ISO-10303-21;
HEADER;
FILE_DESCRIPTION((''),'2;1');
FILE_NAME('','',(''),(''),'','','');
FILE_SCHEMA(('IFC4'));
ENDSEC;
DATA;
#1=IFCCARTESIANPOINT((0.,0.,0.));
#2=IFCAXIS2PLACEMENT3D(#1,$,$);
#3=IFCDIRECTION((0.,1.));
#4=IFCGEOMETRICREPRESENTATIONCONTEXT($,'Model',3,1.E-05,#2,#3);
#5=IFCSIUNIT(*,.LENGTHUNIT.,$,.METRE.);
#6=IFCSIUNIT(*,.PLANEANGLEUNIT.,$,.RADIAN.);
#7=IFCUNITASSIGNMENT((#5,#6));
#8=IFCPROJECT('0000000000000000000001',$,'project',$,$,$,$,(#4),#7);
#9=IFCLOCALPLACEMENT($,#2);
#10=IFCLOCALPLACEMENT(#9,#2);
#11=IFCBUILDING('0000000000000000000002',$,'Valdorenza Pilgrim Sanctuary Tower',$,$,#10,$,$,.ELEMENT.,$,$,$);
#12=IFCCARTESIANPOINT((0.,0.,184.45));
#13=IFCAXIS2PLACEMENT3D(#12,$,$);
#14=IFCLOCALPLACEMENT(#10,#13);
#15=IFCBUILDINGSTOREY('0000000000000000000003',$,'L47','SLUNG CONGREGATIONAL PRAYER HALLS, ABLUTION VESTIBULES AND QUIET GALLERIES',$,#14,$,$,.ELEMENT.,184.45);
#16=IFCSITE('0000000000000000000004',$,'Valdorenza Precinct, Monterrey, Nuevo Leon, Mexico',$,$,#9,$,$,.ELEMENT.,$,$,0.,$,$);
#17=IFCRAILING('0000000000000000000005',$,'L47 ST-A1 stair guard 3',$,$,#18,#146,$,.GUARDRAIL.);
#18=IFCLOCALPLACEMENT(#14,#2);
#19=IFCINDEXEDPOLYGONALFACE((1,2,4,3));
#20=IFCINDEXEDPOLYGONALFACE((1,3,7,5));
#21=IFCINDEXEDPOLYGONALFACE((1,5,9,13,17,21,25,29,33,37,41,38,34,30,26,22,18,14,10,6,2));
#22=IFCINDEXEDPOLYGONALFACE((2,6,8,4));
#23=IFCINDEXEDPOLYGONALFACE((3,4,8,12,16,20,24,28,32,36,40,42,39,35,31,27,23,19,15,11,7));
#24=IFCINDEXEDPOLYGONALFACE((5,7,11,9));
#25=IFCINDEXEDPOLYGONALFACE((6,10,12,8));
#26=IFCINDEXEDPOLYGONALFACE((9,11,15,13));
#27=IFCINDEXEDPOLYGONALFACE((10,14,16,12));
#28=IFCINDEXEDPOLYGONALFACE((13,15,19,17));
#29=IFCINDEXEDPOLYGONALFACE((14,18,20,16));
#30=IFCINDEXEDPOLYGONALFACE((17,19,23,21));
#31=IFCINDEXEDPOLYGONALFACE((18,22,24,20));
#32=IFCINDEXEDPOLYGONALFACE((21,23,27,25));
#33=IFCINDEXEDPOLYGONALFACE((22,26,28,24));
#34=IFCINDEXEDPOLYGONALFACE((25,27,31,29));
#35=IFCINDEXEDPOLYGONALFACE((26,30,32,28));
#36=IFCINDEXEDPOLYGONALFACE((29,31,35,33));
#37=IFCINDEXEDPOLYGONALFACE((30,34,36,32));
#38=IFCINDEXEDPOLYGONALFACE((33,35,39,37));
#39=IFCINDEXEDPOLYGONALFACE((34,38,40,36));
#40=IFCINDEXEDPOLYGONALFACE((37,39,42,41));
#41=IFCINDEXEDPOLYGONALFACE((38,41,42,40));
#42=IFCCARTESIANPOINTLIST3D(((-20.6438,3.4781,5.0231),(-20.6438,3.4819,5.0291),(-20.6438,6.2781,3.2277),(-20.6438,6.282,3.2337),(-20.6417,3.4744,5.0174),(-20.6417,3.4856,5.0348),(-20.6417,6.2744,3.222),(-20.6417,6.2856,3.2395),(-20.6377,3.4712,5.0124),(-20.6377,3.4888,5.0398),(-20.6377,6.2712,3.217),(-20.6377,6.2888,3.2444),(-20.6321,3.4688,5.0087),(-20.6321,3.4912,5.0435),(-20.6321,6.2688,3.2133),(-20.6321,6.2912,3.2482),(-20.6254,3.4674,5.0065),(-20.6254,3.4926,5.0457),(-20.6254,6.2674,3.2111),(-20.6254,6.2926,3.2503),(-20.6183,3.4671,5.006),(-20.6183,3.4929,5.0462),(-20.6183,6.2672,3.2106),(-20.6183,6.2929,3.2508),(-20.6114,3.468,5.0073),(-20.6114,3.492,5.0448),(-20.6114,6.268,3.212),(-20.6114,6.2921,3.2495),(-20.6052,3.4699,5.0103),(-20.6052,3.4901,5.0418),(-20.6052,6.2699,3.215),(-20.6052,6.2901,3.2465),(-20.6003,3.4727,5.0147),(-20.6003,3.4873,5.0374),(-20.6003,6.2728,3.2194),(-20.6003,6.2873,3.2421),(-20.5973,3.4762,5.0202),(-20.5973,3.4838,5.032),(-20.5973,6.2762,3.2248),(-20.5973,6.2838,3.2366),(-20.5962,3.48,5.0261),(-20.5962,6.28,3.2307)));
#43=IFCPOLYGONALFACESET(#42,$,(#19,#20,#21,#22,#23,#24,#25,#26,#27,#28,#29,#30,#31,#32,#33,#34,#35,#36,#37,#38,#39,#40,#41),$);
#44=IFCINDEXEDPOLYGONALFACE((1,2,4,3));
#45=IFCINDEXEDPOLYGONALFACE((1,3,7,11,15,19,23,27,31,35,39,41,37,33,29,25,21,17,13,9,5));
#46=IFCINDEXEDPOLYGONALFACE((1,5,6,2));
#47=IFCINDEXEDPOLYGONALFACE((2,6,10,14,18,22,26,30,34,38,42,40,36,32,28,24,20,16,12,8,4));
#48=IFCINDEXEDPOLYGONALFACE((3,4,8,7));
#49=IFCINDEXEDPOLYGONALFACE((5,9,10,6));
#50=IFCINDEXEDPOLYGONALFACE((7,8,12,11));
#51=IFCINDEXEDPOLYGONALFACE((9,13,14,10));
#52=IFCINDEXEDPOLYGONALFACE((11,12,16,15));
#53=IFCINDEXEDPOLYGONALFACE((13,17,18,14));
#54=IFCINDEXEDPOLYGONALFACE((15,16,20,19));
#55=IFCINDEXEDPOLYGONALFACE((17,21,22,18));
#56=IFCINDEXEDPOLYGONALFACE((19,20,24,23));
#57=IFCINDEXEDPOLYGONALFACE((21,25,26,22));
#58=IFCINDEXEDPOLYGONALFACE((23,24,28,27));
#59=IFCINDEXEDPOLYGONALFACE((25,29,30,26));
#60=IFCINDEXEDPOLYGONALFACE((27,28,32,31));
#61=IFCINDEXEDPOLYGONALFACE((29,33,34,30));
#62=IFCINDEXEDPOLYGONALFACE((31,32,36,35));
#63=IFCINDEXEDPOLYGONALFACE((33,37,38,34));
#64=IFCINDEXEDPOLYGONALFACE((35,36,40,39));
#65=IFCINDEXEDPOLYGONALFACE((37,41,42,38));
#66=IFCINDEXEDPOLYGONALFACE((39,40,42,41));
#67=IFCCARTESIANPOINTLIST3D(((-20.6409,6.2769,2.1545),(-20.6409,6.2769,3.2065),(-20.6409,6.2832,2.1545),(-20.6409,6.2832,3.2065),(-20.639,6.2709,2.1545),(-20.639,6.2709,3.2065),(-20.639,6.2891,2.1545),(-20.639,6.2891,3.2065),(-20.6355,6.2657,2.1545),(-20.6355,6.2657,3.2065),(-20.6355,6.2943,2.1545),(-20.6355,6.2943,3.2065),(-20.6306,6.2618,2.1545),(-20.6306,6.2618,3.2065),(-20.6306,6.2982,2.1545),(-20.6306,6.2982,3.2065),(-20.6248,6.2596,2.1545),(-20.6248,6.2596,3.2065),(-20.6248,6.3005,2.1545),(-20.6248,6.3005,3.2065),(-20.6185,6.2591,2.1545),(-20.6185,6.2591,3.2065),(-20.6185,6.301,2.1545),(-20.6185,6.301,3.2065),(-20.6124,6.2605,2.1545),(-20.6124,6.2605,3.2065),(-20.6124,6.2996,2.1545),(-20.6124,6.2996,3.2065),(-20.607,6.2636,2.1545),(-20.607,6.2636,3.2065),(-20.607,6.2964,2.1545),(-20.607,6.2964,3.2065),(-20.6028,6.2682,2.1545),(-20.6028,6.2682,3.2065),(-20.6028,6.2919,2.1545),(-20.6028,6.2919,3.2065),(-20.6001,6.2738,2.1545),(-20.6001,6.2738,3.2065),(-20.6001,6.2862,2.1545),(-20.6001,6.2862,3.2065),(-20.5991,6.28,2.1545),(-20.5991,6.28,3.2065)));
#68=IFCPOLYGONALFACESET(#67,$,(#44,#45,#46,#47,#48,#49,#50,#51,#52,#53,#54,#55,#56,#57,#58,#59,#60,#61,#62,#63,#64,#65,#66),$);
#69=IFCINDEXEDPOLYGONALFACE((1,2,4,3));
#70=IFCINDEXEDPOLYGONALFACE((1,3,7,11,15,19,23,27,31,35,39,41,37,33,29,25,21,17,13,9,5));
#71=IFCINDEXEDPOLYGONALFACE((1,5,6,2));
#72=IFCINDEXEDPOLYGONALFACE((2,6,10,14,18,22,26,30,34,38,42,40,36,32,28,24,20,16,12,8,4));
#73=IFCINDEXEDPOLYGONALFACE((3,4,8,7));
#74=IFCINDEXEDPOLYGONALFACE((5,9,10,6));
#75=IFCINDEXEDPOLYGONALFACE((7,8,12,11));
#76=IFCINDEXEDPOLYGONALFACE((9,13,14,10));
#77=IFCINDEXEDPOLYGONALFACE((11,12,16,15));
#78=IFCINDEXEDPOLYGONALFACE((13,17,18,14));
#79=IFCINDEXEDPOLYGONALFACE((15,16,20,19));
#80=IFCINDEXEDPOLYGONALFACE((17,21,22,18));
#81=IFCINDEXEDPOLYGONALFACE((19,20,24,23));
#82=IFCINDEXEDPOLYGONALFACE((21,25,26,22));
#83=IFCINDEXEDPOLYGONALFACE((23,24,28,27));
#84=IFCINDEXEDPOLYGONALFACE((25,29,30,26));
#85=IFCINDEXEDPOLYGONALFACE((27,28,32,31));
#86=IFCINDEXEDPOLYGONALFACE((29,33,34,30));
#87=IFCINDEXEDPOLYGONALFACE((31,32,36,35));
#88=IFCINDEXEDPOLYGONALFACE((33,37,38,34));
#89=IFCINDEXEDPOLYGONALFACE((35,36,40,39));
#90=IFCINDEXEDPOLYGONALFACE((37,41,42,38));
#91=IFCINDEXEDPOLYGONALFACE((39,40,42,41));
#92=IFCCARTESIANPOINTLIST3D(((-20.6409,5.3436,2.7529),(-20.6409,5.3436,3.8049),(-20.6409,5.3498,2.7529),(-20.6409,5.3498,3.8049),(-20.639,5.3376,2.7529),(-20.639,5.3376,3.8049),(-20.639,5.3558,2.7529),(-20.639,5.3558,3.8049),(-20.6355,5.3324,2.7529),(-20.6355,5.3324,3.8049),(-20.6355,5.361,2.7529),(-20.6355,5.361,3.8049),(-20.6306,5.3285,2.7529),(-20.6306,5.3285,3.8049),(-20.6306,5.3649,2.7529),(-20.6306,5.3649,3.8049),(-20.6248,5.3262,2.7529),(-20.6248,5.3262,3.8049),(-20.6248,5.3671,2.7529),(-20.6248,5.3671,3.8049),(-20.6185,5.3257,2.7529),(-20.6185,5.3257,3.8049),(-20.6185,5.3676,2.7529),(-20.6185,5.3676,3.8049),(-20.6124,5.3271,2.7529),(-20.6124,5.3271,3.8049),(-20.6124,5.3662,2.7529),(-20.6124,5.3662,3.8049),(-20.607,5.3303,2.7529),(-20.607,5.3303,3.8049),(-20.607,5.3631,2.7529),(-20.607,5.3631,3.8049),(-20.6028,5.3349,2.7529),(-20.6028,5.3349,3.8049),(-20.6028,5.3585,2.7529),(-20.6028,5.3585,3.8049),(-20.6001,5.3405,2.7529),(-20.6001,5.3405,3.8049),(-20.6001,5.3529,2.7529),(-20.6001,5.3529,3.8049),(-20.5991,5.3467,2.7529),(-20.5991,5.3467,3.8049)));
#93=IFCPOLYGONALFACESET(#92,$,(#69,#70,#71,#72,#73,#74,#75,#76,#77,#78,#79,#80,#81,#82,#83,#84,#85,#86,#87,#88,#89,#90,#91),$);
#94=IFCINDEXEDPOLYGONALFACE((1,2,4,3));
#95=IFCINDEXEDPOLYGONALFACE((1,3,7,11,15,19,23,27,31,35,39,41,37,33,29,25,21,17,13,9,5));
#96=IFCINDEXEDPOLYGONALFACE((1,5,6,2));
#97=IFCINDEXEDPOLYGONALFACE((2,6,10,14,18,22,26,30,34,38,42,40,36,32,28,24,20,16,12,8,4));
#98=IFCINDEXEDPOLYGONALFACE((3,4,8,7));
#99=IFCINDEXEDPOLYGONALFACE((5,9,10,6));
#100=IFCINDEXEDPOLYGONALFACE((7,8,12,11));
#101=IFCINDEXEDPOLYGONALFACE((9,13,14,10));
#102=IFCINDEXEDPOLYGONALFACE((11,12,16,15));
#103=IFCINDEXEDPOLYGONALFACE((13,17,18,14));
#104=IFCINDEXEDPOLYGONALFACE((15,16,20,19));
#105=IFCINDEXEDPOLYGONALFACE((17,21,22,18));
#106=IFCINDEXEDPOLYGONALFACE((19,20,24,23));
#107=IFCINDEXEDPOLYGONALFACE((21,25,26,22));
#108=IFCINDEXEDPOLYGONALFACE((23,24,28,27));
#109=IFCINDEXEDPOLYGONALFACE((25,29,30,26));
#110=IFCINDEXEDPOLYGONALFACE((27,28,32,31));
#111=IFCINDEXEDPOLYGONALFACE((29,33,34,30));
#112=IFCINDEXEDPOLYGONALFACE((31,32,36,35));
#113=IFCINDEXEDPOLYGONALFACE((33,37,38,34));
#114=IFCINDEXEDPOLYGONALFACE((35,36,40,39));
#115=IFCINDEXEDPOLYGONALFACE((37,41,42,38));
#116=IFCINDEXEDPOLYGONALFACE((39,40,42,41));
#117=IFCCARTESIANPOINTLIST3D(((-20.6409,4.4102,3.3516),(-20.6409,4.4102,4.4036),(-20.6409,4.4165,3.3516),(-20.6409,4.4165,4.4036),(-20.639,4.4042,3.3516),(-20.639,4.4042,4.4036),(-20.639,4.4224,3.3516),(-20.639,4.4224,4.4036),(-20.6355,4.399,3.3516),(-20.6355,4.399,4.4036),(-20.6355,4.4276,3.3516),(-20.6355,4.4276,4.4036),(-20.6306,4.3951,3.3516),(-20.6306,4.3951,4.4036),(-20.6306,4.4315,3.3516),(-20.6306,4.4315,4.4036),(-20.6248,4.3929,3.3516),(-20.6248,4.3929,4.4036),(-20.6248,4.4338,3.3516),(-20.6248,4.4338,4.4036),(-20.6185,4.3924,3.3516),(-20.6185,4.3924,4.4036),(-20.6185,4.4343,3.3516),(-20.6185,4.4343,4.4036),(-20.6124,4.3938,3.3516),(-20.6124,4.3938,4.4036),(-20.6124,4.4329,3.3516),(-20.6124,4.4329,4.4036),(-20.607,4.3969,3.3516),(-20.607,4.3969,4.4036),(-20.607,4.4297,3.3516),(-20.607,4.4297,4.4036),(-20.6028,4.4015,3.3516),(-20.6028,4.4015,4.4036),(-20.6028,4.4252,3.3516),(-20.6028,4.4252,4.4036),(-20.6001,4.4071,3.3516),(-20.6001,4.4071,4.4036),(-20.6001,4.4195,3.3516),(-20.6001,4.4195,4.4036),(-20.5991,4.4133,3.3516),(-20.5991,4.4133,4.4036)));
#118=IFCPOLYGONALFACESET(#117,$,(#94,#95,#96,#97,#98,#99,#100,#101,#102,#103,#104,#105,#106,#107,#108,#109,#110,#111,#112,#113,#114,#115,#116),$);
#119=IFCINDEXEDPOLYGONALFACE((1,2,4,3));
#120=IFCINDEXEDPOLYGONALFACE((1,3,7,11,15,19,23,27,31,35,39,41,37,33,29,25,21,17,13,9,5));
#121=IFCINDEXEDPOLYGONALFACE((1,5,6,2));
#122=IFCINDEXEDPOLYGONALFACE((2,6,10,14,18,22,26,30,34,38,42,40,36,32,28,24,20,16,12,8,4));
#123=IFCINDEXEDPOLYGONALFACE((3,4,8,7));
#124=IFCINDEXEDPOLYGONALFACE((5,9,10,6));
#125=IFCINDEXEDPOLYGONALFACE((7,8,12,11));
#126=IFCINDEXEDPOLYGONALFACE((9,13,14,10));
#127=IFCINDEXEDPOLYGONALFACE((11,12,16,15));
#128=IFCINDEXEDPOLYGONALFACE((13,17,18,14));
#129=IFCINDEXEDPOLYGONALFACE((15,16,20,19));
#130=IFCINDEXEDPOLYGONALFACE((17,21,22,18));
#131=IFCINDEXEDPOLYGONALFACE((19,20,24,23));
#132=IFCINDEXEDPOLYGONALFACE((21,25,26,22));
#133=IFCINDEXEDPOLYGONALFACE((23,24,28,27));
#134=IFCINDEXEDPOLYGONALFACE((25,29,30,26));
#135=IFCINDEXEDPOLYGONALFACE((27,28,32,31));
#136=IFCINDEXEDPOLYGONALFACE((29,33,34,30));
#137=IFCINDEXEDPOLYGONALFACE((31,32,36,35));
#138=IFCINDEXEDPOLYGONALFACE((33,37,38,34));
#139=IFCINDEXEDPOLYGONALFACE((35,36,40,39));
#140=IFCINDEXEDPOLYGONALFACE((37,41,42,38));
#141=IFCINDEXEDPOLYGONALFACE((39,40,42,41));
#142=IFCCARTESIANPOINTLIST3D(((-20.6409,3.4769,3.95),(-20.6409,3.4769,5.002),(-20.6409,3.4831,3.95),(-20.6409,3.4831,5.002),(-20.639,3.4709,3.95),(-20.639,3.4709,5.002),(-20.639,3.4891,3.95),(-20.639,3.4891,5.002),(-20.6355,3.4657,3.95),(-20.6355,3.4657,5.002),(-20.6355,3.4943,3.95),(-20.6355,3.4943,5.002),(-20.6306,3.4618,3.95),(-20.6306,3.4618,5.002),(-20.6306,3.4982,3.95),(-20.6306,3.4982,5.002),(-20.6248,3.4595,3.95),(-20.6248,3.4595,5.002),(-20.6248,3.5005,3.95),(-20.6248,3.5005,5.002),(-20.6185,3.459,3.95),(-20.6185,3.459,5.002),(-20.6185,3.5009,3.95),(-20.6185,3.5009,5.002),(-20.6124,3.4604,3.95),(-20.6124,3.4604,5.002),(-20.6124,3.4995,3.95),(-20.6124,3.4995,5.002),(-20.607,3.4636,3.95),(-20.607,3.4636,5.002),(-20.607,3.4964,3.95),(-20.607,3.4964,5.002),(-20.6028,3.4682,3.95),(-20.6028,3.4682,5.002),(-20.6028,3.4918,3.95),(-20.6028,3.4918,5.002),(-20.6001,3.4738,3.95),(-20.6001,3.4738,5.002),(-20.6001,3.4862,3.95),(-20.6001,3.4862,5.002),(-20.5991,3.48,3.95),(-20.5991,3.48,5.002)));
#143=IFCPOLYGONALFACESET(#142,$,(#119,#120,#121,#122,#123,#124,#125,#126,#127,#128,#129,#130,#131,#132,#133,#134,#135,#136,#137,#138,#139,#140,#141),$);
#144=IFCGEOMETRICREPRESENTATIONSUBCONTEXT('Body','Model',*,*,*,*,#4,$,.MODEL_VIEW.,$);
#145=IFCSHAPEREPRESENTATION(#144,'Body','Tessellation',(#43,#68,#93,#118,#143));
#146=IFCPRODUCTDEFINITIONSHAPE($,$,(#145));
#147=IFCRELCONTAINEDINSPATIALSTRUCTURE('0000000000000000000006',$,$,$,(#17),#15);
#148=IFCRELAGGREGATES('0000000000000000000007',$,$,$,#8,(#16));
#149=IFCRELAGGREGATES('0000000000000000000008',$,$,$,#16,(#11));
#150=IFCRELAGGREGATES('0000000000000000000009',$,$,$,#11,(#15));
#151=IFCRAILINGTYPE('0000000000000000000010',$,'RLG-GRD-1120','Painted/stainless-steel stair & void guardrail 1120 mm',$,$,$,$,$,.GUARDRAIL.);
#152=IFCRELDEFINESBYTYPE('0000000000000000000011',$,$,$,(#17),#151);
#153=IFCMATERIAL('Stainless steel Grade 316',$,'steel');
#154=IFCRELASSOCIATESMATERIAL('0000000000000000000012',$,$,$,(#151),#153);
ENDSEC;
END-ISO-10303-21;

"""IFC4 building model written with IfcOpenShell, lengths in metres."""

from ifc_helpers import new_model, si_unit, direction, frame, origin, origin_2d, place, context, subcontext, project, spatial, circle, extrude, material, type_object, element, save


model = new_model("IFC4")

# Units and contexts
model_context = context("Model", 3, precision=1e-05, world=origin(), true_north=direction((0.0, 1.0)))
body_context = subcontext(model_context, "Body", "Model", "MODEL_VIEW")
ifc_project = project(units=[si_unit("LENGTHUNIT", "METRE"), si_unit("PLANEANGLEUNIT", "RADIAN")], contexts=[model_context])

# Site, building, storey
site_placement = place(None, origin())
site = spatial("IfcSite", under=ifc_project, at=site_placement, Name="Valdorenza Precinct, Monterrey, Nuevo Leon, Mexico", CompositionType="ELEMENT", RefElevation=0.0)
building_placement = place(site_placement, origin())
building = spatial("IfcBuilding", under=site, at=building_placement, Name="Valdorenza Pilgrim Sanctuary Tower", CompositionType="ELEMENT")
storey_placement = place(building_placement, frame((0.0, 0.0, 184.45)))
storey = spatial("IfcBuildingStorey", under=building, at=storey_placement, Name="L47", Description="SLUNG CONGREGATIONAL PRAYER HALLS, ABLUTION VESTIBULES AND QUIET GALLERIES", CompositionType="ELEMENT", Elevation=184.45)

# Railing
ifc_material_1 = material(Name="Stainless steel Grade 316", Category="steel")
railing_type_1 = type_object("IfcRailingType", Name="RLG-GRD-1120", Description="Painted/stainless-steel stair & void guardrail 1120 mm", PredefinedType="GUARDRAIL", material=ifc_material_1)
railing_1_placement = place(storey_placement, frame((-20.6201, 6.28, 2.1545)))
element("IfcRailing", 1, at=railing_1_placement, inside=storey, type_object=railing_type_1, Name="L47 ST-A1 stair guard 3", PredefinedType="GUARDRAIL", context=body_context, shape_type="SweptSolid", body=[
    extrude(circle(Radius=0.0239, at=origin_2d()), frame((0.0, 0.0, 1.0762), z_axis=(0.0, -0.84181, 0.539774), x_axis=(1.0, 0.0, 0.0)), (0.0, 0.0, 1.0), 3.3262),
    extrude(circle(Radius=0.021, at=origin_2d()), origin(), (0.0, 0.0, 1.0), 1.052),
    extrude(circle(Radius=0.021, at=origin_2d()), frame((0.0, -0.9333, 0.5984)), (0.0, 0.0, 1.0), 1.052),
    extrude(circle(Radius=0.021, at=origin_2d()), frame((0.0, -1.8667, 1.197)), (0.0, 0.0, 1.0), 1.052),
    extrude(circle(Radius=0.021, at=origin_2d()), frame((0.0, -2.8, 1.7954)), (0.0, 0.0, 1.0), 1.052),
])

save(model, "model.ifc")
